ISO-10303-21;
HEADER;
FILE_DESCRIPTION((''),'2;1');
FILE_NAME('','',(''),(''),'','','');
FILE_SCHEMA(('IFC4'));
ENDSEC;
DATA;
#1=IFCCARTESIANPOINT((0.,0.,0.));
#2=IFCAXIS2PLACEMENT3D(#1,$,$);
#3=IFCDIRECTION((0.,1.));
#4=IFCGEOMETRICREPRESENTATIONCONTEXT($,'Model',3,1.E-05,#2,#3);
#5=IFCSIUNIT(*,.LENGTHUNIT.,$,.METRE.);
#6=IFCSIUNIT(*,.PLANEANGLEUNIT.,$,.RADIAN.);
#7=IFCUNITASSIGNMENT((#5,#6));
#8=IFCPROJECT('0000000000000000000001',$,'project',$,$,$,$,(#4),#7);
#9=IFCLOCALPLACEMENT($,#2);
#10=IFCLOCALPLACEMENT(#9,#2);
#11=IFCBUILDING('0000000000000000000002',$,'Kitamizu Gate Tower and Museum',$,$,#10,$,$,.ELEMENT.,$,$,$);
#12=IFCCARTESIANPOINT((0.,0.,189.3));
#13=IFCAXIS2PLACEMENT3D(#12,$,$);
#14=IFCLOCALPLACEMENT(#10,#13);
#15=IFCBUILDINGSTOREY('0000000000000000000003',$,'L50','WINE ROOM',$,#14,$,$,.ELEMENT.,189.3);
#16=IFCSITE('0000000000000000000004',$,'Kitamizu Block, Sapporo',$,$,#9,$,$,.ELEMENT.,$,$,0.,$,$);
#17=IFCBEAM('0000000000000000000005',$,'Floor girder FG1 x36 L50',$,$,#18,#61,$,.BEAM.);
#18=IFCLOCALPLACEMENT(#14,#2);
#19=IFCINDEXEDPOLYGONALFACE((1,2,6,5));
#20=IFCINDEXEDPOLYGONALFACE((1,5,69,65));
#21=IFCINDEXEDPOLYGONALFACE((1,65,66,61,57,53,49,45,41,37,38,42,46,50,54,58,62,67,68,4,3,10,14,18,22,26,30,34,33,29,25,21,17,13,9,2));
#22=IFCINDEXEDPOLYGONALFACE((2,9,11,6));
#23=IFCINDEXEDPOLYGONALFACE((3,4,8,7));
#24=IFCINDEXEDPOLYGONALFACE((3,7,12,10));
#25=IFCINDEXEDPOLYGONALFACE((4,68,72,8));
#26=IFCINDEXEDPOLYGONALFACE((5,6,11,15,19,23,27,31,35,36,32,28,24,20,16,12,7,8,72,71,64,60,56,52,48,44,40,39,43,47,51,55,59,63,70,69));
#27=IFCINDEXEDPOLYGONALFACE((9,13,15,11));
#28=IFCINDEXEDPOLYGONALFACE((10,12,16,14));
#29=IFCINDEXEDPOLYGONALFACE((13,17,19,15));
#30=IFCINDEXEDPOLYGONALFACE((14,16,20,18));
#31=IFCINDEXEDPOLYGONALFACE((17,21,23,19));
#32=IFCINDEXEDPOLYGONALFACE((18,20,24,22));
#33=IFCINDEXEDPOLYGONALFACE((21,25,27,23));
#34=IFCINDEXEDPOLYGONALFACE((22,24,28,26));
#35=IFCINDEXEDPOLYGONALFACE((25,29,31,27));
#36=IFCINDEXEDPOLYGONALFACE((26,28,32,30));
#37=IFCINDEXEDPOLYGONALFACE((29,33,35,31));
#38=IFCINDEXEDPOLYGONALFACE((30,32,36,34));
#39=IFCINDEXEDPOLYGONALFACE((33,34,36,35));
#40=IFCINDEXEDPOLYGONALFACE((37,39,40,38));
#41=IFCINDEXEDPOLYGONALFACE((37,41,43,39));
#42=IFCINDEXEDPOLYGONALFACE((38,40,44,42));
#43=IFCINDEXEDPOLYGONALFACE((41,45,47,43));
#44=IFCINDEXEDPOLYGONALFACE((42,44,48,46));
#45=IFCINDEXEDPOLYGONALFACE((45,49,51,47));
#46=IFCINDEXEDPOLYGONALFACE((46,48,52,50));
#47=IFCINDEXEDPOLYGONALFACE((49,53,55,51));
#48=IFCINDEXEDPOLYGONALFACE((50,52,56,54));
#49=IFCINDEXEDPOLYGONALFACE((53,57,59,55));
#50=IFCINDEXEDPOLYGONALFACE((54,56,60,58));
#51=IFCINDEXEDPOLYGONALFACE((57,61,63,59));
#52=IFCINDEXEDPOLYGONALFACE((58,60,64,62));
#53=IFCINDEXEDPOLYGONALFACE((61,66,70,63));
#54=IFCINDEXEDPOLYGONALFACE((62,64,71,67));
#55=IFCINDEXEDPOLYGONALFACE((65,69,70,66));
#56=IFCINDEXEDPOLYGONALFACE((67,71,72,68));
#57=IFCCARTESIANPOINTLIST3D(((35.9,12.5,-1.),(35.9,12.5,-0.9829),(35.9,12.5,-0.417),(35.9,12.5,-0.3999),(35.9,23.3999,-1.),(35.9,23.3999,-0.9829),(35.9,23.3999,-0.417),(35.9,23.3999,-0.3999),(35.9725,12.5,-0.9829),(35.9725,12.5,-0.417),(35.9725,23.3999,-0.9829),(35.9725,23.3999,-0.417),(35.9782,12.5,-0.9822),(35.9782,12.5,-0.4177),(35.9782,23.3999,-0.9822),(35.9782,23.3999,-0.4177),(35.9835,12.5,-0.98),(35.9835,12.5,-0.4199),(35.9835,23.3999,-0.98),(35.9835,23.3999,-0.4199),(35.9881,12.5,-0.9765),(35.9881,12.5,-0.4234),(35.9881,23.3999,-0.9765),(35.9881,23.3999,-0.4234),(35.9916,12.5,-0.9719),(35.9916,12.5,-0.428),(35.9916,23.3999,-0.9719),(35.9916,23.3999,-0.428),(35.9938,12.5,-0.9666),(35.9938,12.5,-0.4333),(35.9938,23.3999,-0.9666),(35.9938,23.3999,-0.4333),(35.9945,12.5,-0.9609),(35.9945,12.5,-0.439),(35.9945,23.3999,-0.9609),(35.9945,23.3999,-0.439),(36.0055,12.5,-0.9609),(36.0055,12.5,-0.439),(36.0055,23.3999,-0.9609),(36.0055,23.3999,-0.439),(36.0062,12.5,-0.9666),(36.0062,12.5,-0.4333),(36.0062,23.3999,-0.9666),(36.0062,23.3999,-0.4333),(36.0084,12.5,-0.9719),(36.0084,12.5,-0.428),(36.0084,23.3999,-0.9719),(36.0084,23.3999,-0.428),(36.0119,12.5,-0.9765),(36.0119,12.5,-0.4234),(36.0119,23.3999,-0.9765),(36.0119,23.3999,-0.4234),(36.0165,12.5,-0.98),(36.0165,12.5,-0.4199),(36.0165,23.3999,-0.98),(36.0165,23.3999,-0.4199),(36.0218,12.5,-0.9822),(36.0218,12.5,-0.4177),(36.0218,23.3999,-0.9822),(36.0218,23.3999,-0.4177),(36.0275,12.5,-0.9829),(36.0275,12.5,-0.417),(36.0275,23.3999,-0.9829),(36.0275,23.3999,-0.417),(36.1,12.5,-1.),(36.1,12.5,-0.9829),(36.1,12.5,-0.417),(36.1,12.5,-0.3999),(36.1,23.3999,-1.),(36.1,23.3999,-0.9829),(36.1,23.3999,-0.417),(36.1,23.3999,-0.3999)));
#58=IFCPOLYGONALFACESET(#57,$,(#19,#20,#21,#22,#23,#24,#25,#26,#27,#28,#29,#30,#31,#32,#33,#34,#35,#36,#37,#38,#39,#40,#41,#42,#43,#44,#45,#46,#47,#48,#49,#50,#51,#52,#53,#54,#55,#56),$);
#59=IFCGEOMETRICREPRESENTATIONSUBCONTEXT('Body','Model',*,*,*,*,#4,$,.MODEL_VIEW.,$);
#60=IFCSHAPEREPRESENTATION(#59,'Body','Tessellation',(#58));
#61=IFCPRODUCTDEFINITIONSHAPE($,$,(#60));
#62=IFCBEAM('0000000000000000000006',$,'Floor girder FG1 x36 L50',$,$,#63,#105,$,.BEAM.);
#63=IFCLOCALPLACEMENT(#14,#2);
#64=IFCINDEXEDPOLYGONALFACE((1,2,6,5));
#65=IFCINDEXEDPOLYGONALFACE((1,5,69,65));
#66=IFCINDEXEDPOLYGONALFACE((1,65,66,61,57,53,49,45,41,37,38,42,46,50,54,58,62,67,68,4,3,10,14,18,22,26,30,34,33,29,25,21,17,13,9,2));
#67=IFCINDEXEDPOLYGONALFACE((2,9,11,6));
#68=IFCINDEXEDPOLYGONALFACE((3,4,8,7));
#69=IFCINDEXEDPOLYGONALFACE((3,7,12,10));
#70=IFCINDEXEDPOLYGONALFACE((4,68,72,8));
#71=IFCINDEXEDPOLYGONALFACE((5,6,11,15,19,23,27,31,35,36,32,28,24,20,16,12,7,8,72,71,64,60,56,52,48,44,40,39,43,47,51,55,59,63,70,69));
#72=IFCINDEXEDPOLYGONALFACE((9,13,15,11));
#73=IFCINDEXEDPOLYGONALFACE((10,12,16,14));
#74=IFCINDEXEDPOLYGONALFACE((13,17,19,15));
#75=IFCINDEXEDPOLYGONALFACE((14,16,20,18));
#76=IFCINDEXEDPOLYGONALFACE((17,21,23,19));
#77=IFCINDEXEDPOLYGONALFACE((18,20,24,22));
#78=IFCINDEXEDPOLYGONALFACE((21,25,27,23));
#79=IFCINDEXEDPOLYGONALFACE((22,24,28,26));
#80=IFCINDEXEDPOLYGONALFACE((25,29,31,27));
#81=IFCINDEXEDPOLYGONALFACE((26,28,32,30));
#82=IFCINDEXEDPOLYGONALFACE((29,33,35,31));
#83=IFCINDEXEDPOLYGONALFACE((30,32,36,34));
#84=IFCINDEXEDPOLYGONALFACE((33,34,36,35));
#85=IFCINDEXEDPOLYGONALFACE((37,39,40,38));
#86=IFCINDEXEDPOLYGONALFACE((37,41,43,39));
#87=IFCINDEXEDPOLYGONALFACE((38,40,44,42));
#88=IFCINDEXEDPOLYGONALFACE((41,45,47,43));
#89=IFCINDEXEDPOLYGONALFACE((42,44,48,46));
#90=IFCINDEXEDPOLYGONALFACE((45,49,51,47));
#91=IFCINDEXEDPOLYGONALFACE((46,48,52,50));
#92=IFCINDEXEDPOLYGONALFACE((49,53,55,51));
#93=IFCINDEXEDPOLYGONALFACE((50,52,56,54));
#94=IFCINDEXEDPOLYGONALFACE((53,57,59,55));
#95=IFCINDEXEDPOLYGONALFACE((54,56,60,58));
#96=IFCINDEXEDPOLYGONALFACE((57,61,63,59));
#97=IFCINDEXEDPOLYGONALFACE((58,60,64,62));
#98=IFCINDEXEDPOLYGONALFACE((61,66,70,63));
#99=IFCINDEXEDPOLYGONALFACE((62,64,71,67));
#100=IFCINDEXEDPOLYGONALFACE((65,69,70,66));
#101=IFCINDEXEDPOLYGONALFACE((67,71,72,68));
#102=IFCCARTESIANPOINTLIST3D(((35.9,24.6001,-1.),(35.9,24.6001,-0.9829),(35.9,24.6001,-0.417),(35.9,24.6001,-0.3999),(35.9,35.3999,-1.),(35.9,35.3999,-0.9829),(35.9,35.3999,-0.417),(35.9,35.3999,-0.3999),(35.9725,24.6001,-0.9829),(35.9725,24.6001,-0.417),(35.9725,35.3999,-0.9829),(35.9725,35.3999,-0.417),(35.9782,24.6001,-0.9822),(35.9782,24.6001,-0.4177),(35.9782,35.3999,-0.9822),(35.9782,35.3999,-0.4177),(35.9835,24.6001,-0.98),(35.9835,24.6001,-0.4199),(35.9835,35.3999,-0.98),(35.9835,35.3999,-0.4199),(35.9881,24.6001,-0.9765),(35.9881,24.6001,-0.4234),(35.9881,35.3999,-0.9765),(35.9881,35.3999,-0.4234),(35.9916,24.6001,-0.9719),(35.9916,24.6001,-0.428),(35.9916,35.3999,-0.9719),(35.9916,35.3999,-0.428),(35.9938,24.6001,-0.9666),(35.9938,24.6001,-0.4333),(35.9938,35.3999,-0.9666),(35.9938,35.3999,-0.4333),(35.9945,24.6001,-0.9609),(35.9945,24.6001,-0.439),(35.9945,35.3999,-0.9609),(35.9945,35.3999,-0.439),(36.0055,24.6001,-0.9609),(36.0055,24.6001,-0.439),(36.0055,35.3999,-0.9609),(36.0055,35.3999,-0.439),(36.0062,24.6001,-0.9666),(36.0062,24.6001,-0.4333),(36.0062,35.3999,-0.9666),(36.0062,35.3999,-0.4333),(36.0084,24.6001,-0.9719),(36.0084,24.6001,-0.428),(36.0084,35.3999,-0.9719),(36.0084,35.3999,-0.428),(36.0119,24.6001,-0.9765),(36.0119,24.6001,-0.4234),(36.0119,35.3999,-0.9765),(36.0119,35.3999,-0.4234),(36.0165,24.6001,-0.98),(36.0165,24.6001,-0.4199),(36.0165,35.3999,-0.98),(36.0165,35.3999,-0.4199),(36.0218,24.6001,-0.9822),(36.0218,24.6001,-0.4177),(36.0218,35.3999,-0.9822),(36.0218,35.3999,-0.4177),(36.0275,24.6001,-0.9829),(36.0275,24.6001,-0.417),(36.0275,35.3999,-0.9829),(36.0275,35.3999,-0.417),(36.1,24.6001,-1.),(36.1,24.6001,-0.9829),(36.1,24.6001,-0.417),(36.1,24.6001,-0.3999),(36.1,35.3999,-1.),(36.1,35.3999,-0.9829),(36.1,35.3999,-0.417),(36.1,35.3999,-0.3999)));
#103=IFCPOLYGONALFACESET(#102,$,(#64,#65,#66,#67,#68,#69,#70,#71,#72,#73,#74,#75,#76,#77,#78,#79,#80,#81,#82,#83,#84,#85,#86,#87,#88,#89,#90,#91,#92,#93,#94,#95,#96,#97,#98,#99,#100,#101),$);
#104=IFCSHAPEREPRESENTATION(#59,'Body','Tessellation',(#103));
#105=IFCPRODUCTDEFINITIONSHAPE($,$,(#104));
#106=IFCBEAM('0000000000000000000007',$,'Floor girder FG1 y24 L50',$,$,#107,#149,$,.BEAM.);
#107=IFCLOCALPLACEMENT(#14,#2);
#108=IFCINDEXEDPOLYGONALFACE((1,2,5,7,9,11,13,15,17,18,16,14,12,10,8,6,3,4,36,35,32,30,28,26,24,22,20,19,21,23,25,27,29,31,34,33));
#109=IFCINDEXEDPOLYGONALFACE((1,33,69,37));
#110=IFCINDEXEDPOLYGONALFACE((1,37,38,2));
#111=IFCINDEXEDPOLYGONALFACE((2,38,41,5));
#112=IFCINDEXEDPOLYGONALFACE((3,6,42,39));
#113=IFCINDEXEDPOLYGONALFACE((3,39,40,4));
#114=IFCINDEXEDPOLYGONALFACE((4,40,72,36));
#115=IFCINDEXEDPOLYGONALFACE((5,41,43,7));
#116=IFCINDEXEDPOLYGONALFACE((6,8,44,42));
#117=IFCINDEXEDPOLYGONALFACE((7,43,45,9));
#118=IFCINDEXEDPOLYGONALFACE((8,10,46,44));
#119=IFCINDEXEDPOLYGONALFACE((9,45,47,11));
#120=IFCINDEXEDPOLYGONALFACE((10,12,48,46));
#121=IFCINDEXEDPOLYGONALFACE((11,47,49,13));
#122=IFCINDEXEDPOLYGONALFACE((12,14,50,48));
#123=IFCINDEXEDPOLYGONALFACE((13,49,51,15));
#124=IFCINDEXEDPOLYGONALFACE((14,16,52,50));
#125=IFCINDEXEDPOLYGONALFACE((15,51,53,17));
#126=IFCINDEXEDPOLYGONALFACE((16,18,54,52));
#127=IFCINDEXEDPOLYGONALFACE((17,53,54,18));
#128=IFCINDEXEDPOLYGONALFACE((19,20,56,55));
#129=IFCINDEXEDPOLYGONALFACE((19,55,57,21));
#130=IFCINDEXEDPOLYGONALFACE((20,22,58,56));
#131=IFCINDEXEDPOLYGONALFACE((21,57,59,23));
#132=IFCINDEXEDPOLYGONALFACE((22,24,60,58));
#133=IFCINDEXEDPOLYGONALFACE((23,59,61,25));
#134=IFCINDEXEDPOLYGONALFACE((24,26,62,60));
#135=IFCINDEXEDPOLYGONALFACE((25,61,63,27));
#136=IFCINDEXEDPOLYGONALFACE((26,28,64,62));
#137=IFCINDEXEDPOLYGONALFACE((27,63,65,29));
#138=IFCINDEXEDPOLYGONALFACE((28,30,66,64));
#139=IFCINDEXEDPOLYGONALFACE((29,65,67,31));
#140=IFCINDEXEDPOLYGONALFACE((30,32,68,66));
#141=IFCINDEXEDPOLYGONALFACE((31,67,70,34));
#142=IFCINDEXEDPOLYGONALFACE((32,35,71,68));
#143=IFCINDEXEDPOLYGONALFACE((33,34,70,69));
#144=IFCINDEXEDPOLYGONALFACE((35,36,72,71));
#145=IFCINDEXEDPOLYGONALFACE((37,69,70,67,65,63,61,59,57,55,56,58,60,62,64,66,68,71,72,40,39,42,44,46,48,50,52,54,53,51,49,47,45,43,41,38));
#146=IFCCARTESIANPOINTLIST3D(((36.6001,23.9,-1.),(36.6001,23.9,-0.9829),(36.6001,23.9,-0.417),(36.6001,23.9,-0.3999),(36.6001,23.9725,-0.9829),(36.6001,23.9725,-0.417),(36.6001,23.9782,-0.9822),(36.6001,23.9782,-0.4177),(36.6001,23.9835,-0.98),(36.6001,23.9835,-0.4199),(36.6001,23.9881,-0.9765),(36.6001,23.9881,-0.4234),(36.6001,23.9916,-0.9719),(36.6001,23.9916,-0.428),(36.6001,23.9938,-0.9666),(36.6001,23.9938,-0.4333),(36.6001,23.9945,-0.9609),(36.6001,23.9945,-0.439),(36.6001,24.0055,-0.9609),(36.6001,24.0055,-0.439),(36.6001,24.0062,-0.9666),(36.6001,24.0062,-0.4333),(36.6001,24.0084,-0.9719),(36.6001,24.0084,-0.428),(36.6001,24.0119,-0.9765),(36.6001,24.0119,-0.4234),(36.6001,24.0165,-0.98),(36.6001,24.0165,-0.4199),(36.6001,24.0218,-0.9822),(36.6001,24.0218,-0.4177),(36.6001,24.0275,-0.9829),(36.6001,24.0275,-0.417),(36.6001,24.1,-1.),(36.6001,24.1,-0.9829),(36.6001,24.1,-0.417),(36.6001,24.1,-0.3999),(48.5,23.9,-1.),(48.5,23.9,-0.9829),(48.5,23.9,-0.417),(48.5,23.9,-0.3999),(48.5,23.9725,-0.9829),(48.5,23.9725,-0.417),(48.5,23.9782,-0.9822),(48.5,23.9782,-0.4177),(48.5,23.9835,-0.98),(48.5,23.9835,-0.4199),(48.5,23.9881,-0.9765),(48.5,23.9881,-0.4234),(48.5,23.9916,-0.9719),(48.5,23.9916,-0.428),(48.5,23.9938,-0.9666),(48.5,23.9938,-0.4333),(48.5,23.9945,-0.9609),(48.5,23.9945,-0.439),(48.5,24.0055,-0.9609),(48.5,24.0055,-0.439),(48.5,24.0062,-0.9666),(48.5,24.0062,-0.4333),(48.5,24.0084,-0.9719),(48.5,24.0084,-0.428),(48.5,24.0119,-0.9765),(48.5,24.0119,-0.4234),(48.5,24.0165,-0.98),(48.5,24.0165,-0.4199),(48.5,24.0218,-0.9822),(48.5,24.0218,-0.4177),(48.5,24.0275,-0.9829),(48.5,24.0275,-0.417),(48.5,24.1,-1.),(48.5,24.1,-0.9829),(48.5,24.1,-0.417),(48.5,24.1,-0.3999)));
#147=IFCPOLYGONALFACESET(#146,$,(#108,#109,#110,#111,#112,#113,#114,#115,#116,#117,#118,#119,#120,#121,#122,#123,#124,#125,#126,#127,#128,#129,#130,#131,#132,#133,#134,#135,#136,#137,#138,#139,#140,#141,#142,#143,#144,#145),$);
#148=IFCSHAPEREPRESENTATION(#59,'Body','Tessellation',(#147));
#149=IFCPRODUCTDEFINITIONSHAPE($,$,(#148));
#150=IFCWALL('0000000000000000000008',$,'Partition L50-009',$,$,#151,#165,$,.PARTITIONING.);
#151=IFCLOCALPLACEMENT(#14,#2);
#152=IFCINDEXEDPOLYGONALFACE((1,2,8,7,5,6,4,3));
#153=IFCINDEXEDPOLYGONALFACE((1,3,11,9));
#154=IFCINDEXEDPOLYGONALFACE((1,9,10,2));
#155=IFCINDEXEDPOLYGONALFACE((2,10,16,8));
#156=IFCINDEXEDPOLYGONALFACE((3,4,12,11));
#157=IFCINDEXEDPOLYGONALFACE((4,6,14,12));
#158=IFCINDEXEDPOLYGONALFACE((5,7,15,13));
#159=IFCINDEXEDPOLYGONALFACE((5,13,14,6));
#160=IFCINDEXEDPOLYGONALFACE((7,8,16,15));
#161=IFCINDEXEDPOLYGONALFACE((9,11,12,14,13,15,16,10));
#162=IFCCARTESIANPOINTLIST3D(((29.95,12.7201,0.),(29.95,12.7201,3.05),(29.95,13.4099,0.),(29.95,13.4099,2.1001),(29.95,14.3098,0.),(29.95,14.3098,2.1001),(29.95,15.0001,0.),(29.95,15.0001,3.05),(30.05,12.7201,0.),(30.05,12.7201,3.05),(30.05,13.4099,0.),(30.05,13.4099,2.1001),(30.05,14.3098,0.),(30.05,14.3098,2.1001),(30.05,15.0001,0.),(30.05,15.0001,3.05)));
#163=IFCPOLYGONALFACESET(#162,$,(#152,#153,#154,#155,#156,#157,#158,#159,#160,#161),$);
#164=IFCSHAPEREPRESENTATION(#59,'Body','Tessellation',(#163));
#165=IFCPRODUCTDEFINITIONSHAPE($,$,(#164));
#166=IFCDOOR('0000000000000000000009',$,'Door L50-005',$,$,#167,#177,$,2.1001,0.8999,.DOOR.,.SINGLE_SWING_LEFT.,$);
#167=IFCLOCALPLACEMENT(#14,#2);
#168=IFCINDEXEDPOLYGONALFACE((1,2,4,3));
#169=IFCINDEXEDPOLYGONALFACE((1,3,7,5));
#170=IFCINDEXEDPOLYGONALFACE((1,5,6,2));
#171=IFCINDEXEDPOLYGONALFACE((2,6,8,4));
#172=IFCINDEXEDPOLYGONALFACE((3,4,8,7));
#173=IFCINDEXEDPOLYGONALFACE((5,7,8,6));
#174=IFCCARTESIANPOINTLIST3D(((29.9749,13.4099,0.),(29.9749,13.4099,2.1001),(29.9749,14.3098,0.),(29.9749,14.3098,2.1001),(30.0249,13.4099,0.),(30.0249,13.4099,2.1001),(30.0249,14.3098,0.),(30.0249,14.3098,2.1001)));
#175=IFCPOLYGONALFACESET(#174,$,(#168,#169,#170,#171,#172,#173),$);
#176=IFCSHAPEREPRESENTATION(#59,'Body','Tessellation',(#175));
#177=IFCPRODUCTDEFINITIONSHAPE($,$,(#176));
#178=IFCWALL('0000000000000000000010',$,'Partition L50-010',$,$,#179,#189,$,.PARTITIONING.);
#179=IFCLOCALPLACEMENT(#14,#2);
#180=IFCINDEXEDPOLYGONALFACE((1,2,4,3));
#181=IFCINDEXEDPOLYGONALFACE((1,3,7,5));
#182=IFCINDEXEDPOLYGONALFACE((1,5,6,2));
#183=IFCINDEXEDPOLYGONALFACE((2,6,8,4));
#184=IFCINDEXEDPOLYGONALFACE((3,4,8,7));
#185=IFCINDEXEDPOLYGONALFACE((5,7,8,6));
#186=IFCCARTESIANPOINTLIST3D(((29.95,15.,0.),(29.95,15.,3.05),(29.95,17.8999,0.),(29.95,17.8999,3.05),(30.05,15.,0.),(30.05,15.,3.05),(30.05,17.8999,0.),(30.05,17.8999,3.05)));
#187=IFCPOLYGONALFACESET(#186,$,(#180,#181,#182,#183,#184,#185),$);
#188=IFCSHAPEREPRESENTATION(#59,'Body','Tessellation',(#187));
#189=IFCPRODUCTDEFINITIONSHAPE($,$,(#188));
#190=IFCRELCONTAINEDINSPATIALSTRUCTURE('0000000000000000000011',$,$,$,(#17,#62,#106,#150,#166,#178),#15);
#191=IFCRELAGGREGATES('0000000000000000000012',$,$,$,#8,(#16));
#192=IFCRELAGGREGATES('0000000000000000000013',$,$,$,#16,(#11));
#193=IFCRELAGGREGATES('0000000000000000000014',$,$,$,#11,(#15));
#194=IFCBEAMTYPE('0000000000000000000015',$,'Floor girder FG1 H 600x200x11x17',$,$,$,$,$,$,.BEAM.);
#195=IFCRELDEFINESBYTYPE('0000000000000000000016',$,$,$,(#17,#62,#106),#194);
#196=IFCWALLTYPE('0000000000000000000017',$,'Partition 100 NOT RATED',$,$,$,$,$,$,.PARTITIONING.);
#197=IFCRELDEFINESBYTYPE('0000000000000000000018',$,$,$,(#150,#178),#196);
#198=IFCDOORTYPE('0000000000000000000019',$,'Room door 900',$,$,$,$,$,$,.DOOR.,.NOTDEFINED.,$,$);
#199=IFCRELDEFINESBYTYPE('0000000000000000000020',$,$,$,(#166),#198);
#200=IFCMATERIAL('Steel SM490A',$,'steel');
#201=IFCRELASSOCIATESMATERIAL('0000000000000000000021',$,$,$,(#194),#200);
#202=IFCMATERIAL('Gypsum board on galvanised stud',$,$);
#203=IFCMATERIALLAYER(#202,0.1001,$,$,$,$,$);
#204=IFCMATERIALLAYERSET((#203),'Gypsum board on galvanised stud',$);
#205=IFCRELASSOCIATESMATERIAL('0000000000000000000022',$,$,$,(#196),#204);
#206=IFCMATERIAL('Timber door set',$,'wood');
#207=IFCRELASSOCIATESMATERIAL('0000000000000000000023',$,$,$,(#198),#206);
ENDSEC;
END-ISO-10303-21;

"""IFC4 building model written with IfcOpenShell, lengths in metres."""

from ifc_helpers import new_model, si_unit, direction, frame, frame_2d, origin, origin_2d, place, context, subcontext, project, spatial, rectangle, i_section, extrude, material, layer, layer_set, material_profile, profile_set, type_object, element, fill, save


model = new_model("IFC4")

# Units and contexts
model_context = context("Model", 3, precision=1e-05, world=origin(), true_north=direction((0.0, 1.0)))
body_context = subcontext(model_context, "Body", "Model", "MODEL_VIEW")
ifc_project = project(units=[si_unit("LENGTHUNIT", "METRE"), si_unit("PLANEANGLEUNIT", "RADIAN")], contexts=[model_context])

# Site, building, storey
site_placement = place(None, origin())
site = spatial("IfcSite", under=ifc_project, at=site_placement, Name="Kitamizu Block, Sapporo", CompositionType="ELEMENT", RefElevation=0.0)
building_placement = place(site_placement, origin())
building = spatial("IfcBuilding", under=site, at=building_placement, Name="Kitamizu Gate Tower and Museum", CompositionType="ELEMENT")
storey_placement = place(building_placement, frame((0.0, 0.0, 189.3)))
storey = spatial("IfcBuildingStorey", under=building, at=storey_placement, Name="L50", Description="WINE ROOM", CompositionType="ELEMENT", Elevation=189.3)

# Beams
ifc_material_1 = material(Name="Steel SM490A", Category="steel")
ifc_material_profile_1 = material_profile(ifc_material_1, i_section(OverallWidth=0.2, OverallDepth=0.6001, WebThickness=0.011, FlangeThickness=0.0171, FilletRadius=0.022, at=origin_2d()), Name="H-600x200x11x17")
ifc_profile_set_1 = profile_set([ifc_material_profile_1], Name="Steel SM490A")
beam_type_1 = type_object("IfcBeamType", Name="Floor girder FG1 H 600x200x11x17", PredefinedType="BEAM", material=ifc_profile_set_1)
beam_1_placement = place(storey_placement, frame((36.0, 12.5, -0.7), z_axis=(0.0, 1.0, 0.0), x_axis=(-1.0, 0.0, 0.0)))
element("IfcBeam", 1, at=beam_1_placement, inside=storey, type_object=beam_type_1, Name="Floor girder FG1 x36 L50", PredefinedType="BEAM", context=body_context, shape_type="SweptSolid", body=[
    extrude(i_section(OverallWidth=0.2, OverallDepth=0.6001, WebThickness=0.011, FlangeThickness=0.0171, FilletRadius=0.022, at=origin_2d()), origin(), (0.0, 0.0, 1.0), 10.8999),
])
beam_2_placement = place(storey_placement, frame((36.0, 24.6001, -0.7), z_axis=(0.0, 1.0, 0.0), x_axis=(-1.0, 0.0, 0.0)))
element("IfcBeam", 2, at=beam_2_placement, inside=storey, type_object=beam_type_1, Name="Floor girder FG1 x36 L50", PredefinedType="BEAM", context=body_context, shape_type="SweptSolid", body=[
    extrude(i_section(OverallWidth=0.2, OverallDepth=0.6001, WebThickness=0.011, FlangeThickness=0.0171, FilletRadius=0.022, at=origin_2d()), origin(), (0.0, 0.0, 1.0), 10.7998),
])
beam_3_placement = place(storey_placement, frame((36.6001, 24.0, -0.7), z_axis=(1.0, 0.0, 0.0), x_axis=(0.0, 1.0, 0.0)))
element("IfcBeam", 3, at=beam_3_placement, inside=storey, type_object=beam_type_1, Name="Floor girder FG1 y24 L50", PredefinedType="BEAM", context=body_context, shape_type="SweptSolid", body=[
    extrude(i_section(OverallWidth=0.2, OverallDepth=0.6001, WebThickness=0.011, FlangeThickness=0.0171, FilletRadius=0.022, at=origin_2d()), origin(), (0.0, 0.0, 1.0), 11.8999),
])

# Wall, opening, door
ifc_material_2 = material(Name="Gypsum board on galvanised stud")
ifc_layer_1 = layer(ifc_material_2, 0.1001)
ifc_layer_set_1 = layer_set([ifc_layer_1], Name="Gypsum board on galvanised stud")
wall_type_1 = type_object("IfcWallType", Name="Partition 100 NOT RATED", PredefinedType="PARTITIONING", material=ifc_layer_set_1)
wall_1_placement = place(storey_placement, frame((30.0, 12.72, 0.0), z_axis=(0.0, 0.0, 1.0), x_axis=(0.0, 1.0, 0.0)))
wall_1 = element("IfcWall", 4, at=wall_1_placement, inside=storey, type_object=wall_type_1, Name="Partition L50-009", PredefinedType="PARTITIONING", context=body_context, shape_type="SweptSolid", body=[
    extrude(rectangle(XDim=2.28, YDim=0.1001, at=frame_2d((1.1401, 0.0))), origin(), (0.0, 0.0, 1.0), 3.05),
])
opening_1_placement = place(wall_1_placement, frame((0.6899, 0.0, 0.0)))
opening_1 = element("IfcOpeningElement", 5, at=opening_1_placement, cuts=wall_1, PredefinedType="OPENING", context=body_context, shape_type="SweptSolid", body=[
    extrude(rectangle(XDim=0.8999, YDim=2.1001, at=frame_2d((0.45, 1.05))), frame((0.0, 0.0601, 0.0), z_axis=(0.0, -1.0, 0.0), x_axis=(1.0, 0.0, 0.0)), (0.0, 0.0, 1.0), 0.1201),
])
ifc_material_3 = material(Name="Timber door set", Category="wood")
door_type_1 = type_object("IfcDoorType", Name="Room door 900", OperationType="NOTDEFINED", PredefinedType="DOOR", material=ifc_material_3)
door_1_placement = place(opening_1_placement, frame((0.8999, 0.0, 0.0), x_axis=(-1.0, 0.0, 0.0)))
door_1 = element("IfcDoor", 6, at=door_1_placement, inside=storey, type_object=door_type_1, Name="Door L50-005", OperationType="SINGLE_SWING_LEFT", OverallHeight=2.1001, OverallWidth=0.8999, PredefinedType="DOOR", context=body_context, shape_type="SweptSolid", body=[
    extrude(rectangle(XDim=0.8999, YDim=2.1001, at=frame_2d((0.45, 1.05))), frame((0.0, 0.0249, 0.0), z_axis=(0.0, -1.0, 0.0), x_axis=(1.0, 0.0, 0.0)), (0.0, 0.0, 1.0), 0.05),
])
fill(opening_1, door_1)

# Wall
wall_2_placement = place(storey_placement, frame((30.0, 15.0, 0.0), z_axis=(0.0, 0.0, 1.0), x_axis=(0.0, 1.0, 0.0)))
element("IfcWall", 7, at=wall_2_placement, inside=storey, type_object=wall_type_1, Name="Partition L50-010", PredefinedType="PARTITIONING", context=body_context, shape_type="SweptSolid", body=[
    extrude(rectangle(XDim=2.8999, YDim=0.1001, at=frame_2d((1.45, 0.0))), origin(), (0.0, 0.0, 1.0), 3.05),
])

save(model, "model.ifc")
